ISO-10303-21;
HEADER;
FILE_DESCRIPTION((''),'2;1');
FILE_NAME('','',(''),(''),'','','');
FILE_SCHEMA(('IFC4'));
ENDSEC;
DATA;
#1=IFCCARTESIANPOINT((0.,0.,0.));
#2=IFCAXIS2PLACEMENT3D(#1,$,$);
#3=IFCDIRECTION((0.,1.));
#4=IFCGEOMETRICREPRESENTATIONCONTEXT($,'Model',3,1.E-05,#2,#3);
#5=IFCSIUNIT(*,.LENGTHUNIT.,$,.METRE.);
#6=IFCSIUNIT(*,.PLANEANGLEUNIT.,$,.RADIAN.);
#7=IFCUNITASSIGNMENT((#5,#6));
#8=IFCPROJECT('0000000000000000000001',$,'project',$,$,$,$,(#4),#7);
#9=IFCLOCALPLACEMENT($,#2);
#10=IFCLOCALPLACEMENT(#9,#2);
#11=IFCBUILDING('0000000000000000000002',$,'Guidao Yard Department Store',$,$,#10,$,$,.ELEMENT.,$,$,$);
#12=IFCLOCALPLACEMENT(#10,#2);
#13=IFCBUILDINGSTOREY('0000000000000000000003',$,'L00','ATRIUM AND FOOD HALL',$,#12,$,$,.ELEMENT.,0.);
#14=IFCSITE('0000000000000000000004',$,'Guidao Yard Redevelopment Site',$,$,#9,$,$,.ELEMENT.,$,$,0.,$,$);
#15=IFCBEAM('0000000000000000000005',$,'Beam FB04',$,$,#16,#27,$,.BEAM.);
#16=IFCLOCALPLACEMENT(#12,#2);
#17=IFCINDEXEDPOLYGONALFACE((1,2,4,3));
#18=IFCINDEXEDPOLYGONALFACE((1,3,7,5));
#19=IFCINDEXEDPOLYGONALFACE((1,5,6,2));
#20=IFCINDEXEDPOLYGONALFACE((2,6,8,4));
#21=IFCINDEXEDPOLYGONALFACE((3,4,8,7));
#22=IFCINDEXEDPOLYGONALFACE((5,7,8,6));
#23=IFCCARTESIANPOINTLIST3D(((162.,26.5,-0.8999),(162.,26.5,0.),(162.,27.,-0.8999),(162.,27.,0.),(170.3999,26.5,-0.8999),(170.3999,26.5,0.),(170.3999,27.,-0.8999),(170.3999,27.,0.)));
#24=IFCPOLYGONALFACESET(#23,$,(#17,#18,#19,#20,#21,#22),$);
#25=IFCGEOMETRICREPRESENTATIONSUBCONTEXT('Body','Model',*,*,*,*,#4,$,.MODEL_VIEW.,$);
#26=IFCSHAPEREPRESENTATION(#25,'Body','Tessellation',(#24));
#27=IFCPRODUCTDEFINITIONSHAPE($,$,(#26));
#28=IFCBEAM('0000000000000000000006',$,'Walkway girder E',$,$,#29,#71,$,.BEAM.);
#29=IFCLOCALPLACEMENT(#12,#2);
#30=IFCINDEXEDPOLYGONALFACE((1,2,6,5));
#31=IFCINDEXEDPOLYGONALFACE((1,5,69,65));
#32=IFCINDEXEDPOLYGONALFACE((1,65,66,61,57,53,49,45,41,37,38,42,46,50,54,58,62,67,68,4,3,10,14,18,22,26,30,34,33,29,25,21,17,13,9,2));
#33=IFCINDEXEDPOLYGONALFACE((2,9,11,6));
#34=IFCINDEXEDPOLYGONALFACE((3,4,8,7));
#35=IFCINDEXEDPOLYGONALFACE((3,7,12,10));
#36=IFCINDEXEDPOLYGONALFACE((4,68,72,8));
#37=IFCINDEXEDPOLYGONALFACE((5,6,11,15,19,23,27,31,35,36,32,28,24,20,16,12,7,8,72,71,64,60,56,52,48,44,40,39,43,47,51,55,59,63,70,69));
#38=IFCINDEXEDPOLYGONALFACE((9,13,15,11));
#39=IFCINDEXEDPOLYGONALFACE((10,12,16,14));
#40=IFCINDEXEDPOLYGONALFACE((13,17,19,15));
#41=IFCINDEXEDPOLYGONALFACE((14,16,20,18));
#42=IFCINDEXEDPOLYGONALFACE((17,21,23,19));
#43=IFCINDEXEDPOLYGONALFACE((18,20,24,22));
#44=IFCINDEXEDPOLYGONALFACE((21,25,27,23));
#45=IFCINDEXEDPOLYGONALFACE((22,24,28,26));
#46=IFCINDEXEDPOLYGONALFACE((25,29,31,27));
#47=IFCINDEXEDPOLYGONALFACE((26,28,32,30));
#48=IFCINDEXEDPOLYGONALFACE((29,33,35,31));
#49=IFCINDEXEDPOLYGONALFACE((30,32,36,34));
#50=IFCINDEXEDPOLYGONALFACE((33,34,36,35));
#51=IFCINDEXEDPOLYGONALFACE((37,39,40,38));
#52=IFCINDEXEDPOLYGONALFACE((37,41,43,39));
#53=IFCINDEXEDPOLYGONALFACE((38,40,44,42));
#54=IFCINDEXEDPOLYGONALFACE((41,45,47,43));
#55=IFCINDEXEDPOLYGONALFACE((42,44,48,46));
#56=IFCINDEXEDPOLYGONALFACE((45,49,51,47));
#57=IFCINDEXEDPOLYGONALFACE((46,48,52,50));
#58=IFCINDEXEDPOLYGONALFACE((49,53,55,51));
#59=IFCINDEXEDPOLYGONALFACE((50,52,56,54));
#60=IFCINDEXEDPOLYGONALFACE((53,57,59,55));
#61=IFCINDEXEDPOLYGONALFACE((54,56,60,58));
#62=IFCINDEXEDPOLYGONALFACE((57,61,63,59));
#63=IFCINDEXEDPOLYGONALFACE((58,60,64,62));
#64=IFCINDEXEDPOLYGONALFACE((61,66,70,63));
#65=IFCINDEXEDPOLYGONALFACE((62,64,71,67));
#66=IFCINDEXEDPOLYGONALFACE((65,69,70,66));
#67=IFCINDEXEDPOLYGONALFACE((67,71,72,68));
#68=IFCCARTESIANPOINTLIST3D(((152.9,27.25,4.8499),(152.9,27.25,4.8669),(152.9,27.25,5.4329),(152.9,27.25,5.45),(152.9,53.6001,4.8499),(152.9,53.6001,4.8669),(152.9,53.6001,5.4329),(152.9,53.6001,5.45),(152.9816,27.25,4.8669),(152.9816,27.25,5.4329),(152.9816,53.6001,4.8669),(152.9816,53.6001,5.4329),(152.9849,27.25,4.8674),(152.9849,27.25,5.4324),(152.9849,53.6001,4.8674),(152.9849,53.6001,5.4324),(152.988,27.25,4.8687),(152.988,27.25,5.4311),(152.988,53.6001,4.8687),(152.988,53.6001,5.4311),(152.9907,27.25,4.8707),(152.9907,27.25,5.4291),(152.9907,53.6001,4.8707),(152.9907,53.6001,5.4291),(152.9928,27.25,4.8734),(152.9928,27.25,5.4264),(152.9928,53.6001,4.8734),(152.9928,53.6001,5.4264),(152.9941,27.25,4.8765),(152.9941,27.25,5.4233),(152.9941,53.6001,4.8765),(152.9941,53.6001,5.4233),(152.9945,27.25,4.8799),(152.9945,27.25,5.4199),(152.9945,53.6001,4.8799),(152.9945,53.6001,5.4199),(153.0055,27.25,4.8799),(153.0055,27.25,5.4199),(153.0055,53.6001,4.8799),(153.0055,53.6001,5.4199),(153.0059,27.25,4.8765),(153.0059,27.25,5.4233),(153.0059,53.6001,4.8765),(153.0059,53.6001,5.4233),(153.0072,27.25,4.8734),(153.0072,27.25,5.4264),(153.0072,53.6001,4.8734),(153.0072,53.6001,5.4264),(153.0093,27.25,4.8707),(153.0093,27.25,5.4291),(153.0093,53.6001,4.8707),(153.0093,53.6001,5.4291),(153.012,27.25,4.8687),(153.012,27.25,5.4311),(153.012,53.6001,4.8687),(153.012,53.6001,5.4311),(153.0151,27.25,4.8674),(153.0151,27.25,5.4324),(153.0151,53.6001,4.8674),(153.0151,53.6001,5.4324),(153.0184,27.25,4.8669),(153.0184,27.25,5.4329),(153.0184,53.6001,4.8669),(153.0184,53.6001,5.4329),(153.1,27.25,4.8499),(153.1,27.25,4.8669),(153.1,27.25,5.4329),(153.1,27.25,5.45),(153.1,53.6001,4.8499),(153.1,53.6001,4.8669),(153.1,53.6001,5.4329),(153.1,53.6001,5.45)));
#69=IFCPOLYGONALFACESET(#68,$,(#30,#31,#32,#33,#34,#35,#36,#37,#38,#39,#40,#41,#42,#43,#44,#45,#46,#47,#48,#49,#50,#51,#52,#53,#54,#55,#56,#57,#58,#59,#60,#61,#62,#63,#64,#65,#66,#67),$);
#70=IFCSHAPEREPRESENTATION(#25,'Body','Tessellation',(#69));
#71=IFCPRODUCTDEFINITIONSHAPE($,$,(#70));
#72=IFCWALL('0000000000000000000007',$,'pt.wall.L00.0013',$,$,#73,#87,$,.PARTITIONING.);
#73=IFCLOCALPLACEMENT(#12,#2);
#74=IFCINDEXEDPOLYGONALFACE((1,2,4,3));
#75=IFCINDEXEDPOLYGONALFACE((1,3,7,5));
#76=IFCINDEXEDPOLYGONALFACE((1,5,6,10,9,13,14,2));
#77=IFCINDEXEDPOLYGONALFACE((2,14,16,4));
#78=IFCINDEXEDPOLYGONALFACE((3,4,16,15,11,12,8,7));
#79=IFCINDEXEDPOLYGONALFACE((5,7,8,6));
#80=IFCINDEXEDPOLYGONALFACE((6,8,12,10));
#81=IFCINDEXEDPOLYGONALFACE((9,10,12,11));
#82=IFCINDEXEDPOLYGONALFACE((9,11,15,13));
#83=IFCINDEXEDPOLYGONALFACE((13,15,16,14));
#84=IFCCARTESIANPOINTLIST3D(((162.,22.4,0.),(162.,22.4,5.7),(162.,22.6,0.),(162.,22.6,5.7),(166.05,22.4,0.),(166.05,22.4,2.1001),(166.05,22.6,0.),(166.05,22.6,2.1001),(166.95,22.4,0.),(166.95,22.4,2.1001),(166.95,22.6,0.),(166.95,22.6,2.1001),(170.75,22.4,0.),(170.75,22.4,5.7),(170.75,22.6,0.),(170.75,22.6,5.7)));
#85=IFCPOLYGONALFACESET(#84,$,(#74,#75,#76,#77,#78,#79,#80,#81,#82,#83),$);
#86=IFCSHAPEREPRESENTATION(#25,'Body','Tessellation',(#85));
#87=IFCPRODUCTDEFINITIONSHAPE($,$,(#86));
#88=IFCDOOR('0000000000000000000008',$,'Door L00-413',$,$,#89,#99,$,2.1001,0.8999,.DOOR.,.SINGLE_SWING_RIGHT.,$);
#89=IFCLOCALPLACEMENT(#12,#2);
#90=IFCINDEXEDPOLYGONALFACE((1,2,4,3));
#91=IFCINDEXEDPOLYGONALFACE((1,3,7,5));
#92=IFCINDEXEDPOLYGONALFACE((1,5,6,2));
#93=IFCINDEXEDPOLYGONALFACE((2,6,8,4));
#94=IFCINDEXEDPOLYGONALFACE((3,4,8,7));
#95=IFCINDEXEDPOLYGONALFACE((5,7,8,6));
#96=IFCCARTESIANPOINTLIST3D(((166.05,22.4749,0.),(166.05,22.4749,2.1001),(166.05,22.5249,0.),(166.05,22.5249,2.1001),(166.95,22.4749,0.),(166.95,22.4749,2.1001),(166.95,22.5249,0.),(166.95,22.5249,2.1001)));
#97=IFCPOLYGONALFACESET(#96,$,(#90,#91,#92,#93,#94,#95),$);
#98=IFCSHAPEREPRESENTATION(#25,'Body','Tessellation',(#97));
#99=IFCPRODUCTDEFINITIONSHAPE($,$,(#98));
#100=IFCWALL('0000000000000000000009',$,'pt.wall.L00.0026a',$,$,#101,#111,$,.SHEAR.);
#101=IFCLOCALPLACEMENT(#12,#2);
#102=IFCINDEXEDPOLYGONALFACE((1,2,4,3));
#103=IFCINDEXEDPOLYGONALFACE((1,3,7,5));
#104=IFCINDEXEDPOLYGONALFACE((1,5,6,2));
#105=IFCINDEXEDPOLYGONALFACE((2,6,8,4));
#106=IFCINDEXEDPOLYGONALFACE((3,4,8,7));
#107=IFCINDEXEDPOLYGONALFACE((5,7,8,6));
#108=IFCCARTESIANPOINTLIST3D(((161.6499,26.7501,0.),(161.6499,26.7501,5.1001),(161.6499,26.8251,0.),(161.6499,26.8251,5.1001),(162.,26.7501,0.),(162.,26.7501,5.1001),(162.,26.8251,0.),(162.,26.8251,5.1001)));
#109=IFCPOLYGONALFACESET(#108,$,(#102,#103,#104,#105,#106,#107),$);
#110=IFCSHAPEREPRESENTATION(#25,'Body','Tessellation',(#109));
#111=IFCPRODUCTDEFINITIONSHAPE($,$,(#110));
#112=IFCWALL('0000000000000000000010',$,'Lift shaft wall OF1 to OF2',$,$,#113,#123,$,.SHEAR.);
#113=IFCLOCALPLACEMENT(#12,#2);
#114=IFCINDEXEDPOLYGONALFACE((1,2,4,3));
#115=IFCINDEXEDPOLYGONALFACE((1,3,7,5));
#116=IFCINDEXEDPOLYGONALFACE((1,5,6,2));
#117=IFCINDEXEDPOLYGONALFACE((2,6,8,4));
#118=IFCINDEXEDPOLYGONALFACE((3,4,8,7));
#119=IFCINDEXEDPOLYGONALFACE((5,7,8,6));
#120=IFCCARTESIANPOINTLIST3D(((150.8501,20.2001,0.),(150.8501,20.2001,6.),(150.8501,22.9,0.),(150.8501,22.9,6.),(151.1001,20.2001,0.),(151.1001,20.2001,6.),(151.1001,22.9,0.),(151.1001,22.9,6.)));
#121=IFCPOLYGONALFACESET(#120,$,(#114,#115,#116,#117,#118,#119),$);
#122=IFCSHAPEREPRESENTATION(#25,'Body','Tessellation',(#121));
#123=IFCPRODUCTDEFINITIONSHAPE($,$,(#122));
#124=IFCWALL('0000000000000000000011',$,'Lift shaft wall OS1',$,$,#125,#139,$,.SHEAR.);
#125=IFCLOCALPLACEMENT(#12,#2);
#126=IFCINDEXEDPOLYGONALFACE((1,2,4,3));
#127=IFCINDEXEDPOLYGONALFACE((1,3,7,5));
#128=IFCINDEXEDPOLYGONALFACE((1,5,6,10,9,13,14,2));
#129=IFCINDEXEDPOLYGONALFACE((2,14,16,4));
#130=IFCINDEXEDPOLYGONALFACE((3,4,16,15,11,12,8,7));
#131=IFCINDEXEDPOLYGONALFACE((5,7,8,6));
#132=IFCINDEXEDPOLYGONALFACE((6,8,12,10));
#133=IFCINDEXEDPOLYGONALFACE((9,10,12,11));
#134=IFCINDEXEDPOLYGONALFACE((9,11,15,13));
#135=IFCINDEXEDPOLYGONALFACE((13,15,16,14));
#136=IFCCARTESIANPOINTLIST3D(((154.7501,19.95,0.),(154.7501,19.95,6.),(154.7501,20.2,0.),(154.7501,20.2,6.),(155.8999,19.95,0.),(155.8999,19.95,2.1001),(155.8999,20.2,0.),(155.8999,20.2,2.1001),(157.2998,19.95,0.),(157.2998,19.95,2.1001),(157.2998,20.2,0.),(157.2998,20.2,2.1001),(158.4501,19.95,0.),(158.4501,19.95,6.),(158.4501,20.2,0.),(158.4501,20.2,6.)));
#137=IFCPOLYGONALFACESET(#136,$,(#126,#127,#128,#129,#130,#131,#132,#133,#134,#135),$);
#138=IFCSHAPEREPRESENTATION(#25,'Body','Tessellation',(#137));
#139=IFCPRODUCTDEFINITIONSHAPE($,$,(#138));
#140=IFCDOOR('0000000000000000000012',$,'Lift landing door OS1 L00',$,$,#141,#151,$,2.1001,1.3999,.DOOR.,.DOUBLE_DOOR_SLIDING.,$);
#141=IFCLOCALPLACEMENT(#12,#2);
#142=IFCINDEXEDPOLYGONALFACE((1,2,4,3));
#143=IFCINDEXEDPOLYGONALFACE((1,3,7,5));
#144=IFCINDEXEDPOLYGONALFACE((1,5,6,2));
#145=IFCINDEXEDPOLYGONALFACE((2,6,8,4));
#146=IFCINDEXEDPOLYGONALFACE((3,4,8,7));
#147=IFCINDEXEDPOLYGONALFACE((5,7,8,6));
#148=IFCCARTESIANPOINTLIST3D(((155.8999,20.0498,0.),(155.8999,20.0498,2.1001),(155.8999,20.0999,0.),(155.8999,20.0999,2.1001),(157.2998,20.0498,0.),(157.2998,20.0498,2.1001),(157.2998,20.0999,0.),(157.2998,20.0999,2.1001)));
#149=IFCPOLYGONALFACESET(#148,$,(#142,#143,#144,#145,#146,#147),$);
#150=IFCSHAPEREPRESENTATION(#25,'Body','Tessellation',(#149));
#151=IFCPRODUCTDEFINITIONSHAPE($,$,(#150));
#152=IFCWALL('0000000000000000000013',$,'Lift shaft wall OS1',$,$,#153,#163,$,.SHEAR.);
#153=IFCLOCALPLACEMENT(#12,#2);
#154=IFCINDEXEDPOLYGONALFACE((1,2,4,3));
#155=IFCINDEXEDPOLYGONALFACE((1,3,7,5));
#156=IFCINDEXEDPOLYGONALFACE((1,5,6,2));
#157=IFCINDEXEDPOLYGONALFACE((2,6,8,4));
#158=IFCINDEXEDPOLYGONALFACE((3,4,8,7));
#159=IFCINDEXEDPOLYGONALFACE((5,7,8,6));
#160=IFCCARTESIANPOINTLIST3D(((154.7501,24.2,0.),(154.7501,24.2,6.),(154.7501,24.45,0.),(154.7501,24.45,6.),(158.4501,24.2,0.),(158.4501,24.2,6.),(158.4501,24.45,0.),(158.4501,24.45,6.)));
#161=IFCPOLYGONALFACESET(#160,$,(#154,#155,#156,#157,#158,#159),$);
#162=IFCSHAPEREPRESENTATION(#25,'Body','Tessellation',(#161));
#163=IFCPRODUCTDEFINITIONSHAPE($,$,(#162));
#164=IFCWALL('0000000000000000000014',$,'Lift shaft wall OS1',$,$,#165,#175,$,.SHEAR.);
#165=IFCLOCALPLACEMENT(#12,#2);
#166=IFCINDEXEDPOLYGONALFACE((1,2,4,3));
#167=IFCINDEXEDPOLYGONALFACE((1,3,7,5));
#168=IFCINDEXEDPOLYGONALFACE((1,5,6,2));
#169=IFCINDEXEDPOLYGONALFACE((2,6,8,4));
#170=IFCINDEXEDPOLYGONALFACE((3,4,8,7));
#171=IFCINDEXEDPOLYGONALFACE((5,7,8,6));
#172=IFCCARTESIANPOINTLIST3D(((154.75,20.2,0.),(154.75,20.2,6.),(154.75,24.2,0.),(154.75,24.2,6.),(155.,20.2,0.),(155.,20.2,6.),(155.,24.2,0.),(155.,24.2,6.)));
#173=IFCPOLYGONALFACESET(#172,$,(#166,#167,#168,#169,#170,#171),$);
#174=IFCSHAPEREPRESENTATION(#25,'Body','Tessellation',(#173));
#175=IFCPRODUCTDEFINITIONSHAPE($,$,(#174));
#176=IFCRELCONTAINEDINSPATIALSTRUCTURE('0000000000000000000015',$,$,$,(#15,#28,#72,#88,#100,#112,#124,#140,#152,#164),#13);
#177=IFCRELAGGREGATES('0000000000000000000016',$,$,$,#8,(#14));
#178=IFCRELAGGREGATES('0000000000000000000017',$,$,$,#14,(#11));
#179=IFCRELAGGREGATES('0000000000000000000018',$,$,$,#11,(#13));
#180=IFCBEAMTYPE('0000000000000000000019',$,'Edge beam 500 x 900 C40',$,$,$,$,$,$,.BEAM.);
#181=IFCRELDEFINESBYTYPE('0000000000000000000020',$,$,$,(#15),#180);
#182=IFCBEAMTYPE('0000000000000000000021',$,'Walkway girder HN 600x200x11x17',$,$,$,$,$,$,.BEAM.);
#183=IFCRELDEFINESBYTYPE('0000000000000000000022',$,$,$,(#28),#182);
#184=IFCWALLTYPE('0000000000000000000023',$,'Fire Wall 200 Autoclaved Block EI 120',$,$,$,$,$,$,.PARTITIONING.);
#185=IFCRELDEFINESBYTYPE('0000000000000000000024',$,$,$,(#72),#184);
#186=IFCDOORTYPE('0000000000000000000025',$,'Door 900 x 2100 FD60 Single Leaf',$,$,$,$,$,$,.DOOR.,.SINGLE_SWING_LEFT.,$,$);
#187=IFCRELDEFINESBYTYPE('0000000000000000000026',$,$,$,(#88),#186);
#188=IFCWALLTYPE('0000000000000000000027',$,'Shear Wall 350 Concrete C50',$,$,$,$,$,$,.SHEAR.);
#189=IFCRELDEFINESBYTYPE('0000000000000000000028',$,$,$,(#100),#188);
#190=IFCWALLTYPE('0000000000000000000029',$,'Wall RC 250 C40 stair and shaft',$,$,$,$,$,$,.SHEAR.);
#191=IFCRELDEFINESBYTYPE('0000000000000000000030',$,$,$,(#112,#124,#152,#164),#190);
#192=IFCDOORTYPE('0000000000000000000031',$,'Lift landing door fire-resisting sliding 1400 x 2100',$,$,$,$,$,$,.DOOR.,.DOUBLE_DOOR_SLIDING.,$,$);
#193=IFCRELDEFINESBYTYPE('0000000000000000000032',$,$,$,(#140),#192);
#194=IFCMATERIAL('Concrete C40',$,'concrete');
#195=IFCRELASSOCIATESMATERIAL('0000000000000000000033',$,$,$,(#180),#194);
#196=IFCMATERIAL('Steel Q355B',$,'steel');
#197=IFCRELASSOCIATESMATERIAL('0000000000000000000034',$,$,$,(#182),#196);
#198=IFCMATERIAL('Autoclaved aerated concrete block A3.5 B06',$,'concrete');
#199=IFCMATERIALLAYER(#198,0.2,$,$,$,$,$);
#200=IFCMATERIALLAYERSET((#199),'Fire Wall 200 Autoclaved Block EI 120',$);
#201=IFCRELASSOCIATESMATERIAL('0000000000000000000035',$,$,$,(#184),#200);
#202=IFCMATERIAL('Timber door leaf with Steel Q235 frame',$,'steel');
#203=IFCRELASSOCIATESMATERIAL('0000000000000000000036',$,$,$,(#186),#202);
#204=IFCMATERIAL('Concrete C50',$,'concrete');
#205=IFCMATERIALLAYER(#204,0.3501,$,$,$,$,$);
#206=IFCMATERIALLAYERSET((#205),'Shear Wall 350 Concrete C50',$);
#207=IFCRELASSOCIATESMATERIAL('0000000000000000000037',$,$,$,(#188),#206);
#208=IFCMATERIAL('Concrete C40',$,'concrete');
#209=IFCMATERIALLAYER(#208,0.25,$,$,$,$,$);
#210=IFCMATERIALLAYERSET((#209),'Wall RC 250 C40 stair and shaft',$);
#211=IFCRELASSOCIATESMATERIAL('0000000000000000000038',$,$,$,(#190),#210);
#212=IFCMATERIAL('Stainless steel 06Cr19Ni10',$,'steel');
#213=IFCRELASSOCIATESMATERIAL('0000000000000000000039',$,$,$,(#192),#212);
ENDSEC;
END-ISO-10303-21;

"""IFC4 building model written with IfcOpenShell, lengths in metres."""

from ifc_helpers import new_model, si_unit, direction, frame, frame_2d, origin, origin_2d, place, context, subcontext, project, spatial, rectangle, i_section, extrude, material, layer, layer_set, material_profile, profile_set, type_object, element, fill, save


model = new_model("IFC4")

# Units and contexts
model_context = context("Model", 3, precision=1e-05, world=origin(), true_north=direction((0.0, 1.0)))
body_context = subcontext(model_context, "Body", "Model", "MODEL_VIEW")
ifc_project = project(units=[si_unit("LENGTHUNIT", "METRE"), si_unit("PLANEANGLEUNIT", "RADIAN")], contexts=[model_context])

# Site, building, storey
site_placement = place(None, origin())
site = spatial("IfcSite", under=ifc_project, at=site_placement, Name="Guidao Yard Redevelopment Site", CompositionType="ELEMENT", RefElevation=0.0)
building_placement = place(site_placement, origin())
building = spatial("IfcBuilding", under=site, at=building_placement, Name="Guidao Yard Department Store", CompositionType="ELEMENT")
storey_placement = place(building_placement, origin())
storey = spatial("IfcBuildingStorey", under=building, at=storey_placement, Name="L00", Description="ATRIUM AND FOOD HALL", CompositionType="ELEMENT", Elevation=0.0)

# Beams
ifc_material_1 = material(Name="Concrete C40", Category="concrete")
ifc_material_profile_1 = material_profile(ifc_material_1, rectangle(XDim=0.5, YDim=0.8999, at=origin_2d()), Name="Edge beam 500 x 900 C40")
ifc_profile_set_1 = profile_set([ifc_material_profile_1], Name="Concrete C40")
beam_type_1 = type_object("IfcBeamType", Name="Edge beam 500 x 900 C40", PredefinedType="BEAM", material=ifc_profile_set_1)
beam_1_placement = place(storey_placement, frame((162.0, 26.75, -0.45), z_axis=(1.0, 0.0, 0.0), x_axis=(0.0, 1.0, 0.0)))
element("IfcBeam", 1, at=beam_1_placement, inside=storey, type_object=beam_type_1, Name="Beam FB04", PredefinedType="BEAM", context=body_context, shape_type="SweptSolid", body=[
    extrude(rectangle(XDim=0.5, YDim=0.8999, at=origin_2d()), origin(), (0.0, 0.0, 1.0), 8.3999),
])
ifc_material_2 = material(Name="Steel Q355B", Category="steel")
ifc_material_profile_2 = material_profile(ifc_material_2, i_section(OverallWidth=0.2, OverallDepth=0.6001, WebThickness=0.011, FlangeThickness=0.0171, FilletRadius=0.0129, at=origin_2d()), Name="HN 600x200x11x17")
ifc_profile_set_2 = profile_set([ifc_material_profile_2], Name="Steel Q355B")
beam_type_2 = type_object("IfcBeamType", Name="Walkway girder HN 600x200x11x17", PredefinedType="BEAM", material=ifc_profile_set_2)
beam_2_placement = place(storey_placement, frame((153.0, 27.25, 5.1499), z_axis=(0.0, 1.0, 0.0), x_axis=(-1.0, 0.0, 0.0)))
element("IfcBeam", 2, at=beam_2_placement, inside=storey, type_object=beam_type_2, Name="Walkway girder E", PredefinedType="BEAM", context=body_context, shape_type="SweptSolid", body=[
    extrude(i_section(OverallWidth=0.2, OverallDepth=0.6001, WebThickness=0.011, FlangeThickness=0.0171, FilletRadius=0.0129, at=origin_2d()), origin(), (0.0, 0.0, 1.0), 26.3501),
])

# Wall, opening, door
ifc_material_3 = material(Name="Autoclaved aerated concrete block A3.5 B06", Category="concrete")
ifc_layer_1 = layer(ifc_material_3, 0.2)
ifc_layer_set_1 = layer_set([ifc_layer_1], Name="Fire Wall 200 Autoclaved Block EI 120")
wall_type_1 = type_object("IfcWallType", Name="Fire Wall 200 Autoclaved Block EI 120", PredefinedType="PARTITIONING", material=ifc_layer_set_1)
wall_1_placement = place(storey_placement, frame((162.0, 22.5, 0.0), z_axis=(0.0, 0.0, 1.0), x_axis=(1.0, 0.0, 0.0)))
wall_1 = element("IfcWall", 3, at=wall_1_placement, inside=storey, type_object=wall_type_1, Name="pt.wall.L00.0013", PredefinedType="PARTITIONING", context=body_context, shape_type="SweptSolid", body=[
    extrude(rectangle(XDim=8.75, YDim=0.2, at=frame_2d((4.375, 0.0))), origin(), (0.0, 0.0, 1.0), 5.7),
])
opening_1_placement = place(wall_1_placement, frame((4.05, 0.0, 0.0)))
opening_1 = element("IfcOpeningElement", 4, at=opening_1_placement, cuts=wall_1, PredefinedType="OPENING", context=body_context, shape_type="SweptSolid", body=[
    extrude(rectangle(XDim=0.8999, YDim=2.1001, at=frame_2d((0.45, 1.05))), frame((0.0, 0.1099, 0.0), z_axis=(0.0, -1.0, 0.0), x_axis=(1.0, 0.0, 0.0)), (0.0, 0.0, 1.0), 0.22),
])
ifc_material_4 = material(Name="Timber door leaf with Steel Q235 frame", Category="steel")
door_type_1 = type_object("IfcDoorType", Name="Door 900 x 2100 FD60 Single Leaf", OperationType="SINGLE_SWING_LEFT", PredefinedType="DOOR", material=ifc_material_4)
door_1_placement = place(opening_1_placement, origin())
door_1 = element("IfcDoor", 5, at=door_1_placement, inside=storey, type_object=door_type_1, Name="Door L00-413", OperationType="SINGLE_SWING_RIGHT", OverallHeight=2.1001, OverallWidth=0.8999, PredefinedType="DOOR", context=body_context, shape_type="SweptSolid", body=[
    extrude(rectangle(XDim=0.8999, YDim=2.1001, at=frame_2d((0.45, 1.05))), frame((0.0, 0.0249, 0.0), z_axis=(0.0, -1.0, 0.0), x_axis=(1.0, 0.0, 0.0)), (0.0, 0.0, 1.0), 0.05),
])
fill(opening_1, door_1)

# Walls
ifc_material_5 = material(Name="Concrete C50", Category="concrete")
ifc_layer_2 = layer(ifc_material_5, 0.3501)
ifc_layer_set_2 = layer_set([ifc_layer_2], Name="Shear Wall 350 Concrete C50")
wall_type_2 = type_object("IfcWallType", Name="Shear Wall 350 Concrete C50", PredefinedType="SHEAR", material=ifc_layer_set_2)
wall_2_placement = place(storey_placement, frame((161.825, 26.75, 0.0), z_axis=(0.0, 0.0, 1.0), x_axis=(0.0, 1.0, 0.0)))
element("IfcWall", 6, at=wall_2_placement, inside=storey, type_object=wall_type_2, Name="pt.wall.L00.0026a", PredefinedType="SHEAR", context=body_context, shape_type="SweptSolid", body=[
    extrude(rectangle(XDim=0.075, YDim=0.3501, at=frame_2d((0.0376, 0.0))), origin(), (0.0, 0.0, 1.0), 5.1001),
])
ifc_material_6 = material(Name="Concrete C40", Category="concrete")
ifc_layer_3 = layer(ifc_material_6, 0.25)
ifc_layer_set_3 = layer_set([ifc_layer_3], Name="Wall RC 250 C40 stair and shaft")
wall_type_3 = type_object("IfcWallType", Name="Wall RC 250 C40 stair and shaft", PredefinedType="SHEAR", material=ifc_layer_set_3)
wall_3_placement = place(storey_placement, frame((150.9751, 20.2, 0.0), z_axis=(0.0, 0.0, 1.0), x_axis=(0.0, 1.0, 0.0)))
element("IfcWall", 7, at=wall_3_placement, inside=storey, type_object=wall_type_3, Name="Lift shaft wall OF1 to OF2", PredefinedType="SHEAR", context=body_context, shape_type="SweptSolid", body=[
    extrude(rectangle(XDim=2.7, YDim=0.25, at=frame_2d((1.3501, 0.0))), origin(), (0.0, 0.0, 1.0), 6.0),
])

# Wall, opening, door
wall_4_placement = place(storey_placement, frame((154.75, 20.075, 0.0), z_axis=(0.0, 0.0, 1.0), x_axis=(1.0, 0.0, 0.0)))
wall_4 = element("IfcWall", 8, at=wall_4_placement, inside=storey, type_object=wall_type_3, Name="Lift shaft wall OS1", PredefinedType="SHEAR", context=body_context, shape_type="SweptSolid", body=[
    extrude(rectangle(XDim=3.7, YDim=0.25, at=frame_2d((1.8501, 0.0))), origin(), (0.0, 0.0, 1.0), 6.0),
])
opening_2_placement = place(wall_4_placement, frame((1.1499, 0.0, 0.0)))
opening_2 = element("IfcOpeningElement", 9, at=opening_2_placement, cuts=wall_4, PredefinedType="OPENING", context=body_context, shape_type="SweptSolid", body=[
    extrude(rectangle(XDim=1.3999, YDim=2.1001, at=frame_2d((0.7, 1.05))), frame((0.0, 0.135, 0.0), z_axis=(0.0, -1.0, 0.0), x_axis=(1.0, 0.0, 0.0)), (0.0, 0.0, 1.0), 0.27),
])
ifc_material_7 = material(Name="Stainless steel 06Cr19Ni10", Category="steel")
door_type_2 = type_object("IfcDoorType", Name="Lift landing door fire-resisting sliding 1400 x 2100", OperationType="DOUBLE_DOOR_SLIDING", PredefinedType="DOOR", material=ifc_material_7)
door_2_placement = place(opening_2_placement, origin())
door_2 = element("IfcDoor", 10, at=door_2_placement, inside=storey, type_object=door_type_2, Name="Lift landing door OS1 L00", OperationType="DOUBLE_DOOR_SLIDING", OverallHeight=2.1001, OverallWidth=1.3999, PredefinedType="DOOR", context=body_context, shape_type="SweptSolid", body=[
    extrude(rectangle(XDim=1.3999, YDim=2.1001, at=frame_2d((0.7, 1.05))), frame((0.0, 0.0249, 0.0), z_axis=(0.0, -1.0, 0.0), x_axis=(1.0, 0.0, 0.0)), (0.0, 0.0, 1.0), 0.05),
])
fill(opening_2, door_2)

# Walls
wall_5_placement = place(storey_placement, frame((154.75, 24.325, 0.0), z_axis=(0.0, 0.0, 1.0), x_axis=(1.0, 0.0, 0.0)))
element("IfcWall", 11, at=wall_5_placement, inside=storey, type_object=wall_type_3, Name="Lift shaft wall OS1", PredefinedType="SHEAR", context=body_context, shape_type="SweptSolid", body=[
    extrude(rectangle(XDim=3.7, YDim=0.25, at=frame_2d((1.8501, 0.0))), origin(), (0.0, 0.0, 1.0), 6.0),
])
for number, where, z_axis, x_axis, name in (
    (12, (154.875, 20.2, 0.0), (0.0, 0.0, 1.0), (0.0, 1.0, 0.0), "Lift shaft wall OS1"),
):
    element("IfcWall", number, at=place(storey_placement, frame(where, z_axis=z_axis, x_axis=x_axis)), inside=storey, type_object=wall_type_3, Name=name, PredefinedType="SHEAR", context=body_context, shape_type="SweptSolid", body=[
        extrude(rectangle(XDim=4.0, YDim=0.25, at=frame_2d((2.0, 0.0))), origin(), (0.0, 0.0, 1.0), 6.0),
    ])

save(model, "model.ifc")
